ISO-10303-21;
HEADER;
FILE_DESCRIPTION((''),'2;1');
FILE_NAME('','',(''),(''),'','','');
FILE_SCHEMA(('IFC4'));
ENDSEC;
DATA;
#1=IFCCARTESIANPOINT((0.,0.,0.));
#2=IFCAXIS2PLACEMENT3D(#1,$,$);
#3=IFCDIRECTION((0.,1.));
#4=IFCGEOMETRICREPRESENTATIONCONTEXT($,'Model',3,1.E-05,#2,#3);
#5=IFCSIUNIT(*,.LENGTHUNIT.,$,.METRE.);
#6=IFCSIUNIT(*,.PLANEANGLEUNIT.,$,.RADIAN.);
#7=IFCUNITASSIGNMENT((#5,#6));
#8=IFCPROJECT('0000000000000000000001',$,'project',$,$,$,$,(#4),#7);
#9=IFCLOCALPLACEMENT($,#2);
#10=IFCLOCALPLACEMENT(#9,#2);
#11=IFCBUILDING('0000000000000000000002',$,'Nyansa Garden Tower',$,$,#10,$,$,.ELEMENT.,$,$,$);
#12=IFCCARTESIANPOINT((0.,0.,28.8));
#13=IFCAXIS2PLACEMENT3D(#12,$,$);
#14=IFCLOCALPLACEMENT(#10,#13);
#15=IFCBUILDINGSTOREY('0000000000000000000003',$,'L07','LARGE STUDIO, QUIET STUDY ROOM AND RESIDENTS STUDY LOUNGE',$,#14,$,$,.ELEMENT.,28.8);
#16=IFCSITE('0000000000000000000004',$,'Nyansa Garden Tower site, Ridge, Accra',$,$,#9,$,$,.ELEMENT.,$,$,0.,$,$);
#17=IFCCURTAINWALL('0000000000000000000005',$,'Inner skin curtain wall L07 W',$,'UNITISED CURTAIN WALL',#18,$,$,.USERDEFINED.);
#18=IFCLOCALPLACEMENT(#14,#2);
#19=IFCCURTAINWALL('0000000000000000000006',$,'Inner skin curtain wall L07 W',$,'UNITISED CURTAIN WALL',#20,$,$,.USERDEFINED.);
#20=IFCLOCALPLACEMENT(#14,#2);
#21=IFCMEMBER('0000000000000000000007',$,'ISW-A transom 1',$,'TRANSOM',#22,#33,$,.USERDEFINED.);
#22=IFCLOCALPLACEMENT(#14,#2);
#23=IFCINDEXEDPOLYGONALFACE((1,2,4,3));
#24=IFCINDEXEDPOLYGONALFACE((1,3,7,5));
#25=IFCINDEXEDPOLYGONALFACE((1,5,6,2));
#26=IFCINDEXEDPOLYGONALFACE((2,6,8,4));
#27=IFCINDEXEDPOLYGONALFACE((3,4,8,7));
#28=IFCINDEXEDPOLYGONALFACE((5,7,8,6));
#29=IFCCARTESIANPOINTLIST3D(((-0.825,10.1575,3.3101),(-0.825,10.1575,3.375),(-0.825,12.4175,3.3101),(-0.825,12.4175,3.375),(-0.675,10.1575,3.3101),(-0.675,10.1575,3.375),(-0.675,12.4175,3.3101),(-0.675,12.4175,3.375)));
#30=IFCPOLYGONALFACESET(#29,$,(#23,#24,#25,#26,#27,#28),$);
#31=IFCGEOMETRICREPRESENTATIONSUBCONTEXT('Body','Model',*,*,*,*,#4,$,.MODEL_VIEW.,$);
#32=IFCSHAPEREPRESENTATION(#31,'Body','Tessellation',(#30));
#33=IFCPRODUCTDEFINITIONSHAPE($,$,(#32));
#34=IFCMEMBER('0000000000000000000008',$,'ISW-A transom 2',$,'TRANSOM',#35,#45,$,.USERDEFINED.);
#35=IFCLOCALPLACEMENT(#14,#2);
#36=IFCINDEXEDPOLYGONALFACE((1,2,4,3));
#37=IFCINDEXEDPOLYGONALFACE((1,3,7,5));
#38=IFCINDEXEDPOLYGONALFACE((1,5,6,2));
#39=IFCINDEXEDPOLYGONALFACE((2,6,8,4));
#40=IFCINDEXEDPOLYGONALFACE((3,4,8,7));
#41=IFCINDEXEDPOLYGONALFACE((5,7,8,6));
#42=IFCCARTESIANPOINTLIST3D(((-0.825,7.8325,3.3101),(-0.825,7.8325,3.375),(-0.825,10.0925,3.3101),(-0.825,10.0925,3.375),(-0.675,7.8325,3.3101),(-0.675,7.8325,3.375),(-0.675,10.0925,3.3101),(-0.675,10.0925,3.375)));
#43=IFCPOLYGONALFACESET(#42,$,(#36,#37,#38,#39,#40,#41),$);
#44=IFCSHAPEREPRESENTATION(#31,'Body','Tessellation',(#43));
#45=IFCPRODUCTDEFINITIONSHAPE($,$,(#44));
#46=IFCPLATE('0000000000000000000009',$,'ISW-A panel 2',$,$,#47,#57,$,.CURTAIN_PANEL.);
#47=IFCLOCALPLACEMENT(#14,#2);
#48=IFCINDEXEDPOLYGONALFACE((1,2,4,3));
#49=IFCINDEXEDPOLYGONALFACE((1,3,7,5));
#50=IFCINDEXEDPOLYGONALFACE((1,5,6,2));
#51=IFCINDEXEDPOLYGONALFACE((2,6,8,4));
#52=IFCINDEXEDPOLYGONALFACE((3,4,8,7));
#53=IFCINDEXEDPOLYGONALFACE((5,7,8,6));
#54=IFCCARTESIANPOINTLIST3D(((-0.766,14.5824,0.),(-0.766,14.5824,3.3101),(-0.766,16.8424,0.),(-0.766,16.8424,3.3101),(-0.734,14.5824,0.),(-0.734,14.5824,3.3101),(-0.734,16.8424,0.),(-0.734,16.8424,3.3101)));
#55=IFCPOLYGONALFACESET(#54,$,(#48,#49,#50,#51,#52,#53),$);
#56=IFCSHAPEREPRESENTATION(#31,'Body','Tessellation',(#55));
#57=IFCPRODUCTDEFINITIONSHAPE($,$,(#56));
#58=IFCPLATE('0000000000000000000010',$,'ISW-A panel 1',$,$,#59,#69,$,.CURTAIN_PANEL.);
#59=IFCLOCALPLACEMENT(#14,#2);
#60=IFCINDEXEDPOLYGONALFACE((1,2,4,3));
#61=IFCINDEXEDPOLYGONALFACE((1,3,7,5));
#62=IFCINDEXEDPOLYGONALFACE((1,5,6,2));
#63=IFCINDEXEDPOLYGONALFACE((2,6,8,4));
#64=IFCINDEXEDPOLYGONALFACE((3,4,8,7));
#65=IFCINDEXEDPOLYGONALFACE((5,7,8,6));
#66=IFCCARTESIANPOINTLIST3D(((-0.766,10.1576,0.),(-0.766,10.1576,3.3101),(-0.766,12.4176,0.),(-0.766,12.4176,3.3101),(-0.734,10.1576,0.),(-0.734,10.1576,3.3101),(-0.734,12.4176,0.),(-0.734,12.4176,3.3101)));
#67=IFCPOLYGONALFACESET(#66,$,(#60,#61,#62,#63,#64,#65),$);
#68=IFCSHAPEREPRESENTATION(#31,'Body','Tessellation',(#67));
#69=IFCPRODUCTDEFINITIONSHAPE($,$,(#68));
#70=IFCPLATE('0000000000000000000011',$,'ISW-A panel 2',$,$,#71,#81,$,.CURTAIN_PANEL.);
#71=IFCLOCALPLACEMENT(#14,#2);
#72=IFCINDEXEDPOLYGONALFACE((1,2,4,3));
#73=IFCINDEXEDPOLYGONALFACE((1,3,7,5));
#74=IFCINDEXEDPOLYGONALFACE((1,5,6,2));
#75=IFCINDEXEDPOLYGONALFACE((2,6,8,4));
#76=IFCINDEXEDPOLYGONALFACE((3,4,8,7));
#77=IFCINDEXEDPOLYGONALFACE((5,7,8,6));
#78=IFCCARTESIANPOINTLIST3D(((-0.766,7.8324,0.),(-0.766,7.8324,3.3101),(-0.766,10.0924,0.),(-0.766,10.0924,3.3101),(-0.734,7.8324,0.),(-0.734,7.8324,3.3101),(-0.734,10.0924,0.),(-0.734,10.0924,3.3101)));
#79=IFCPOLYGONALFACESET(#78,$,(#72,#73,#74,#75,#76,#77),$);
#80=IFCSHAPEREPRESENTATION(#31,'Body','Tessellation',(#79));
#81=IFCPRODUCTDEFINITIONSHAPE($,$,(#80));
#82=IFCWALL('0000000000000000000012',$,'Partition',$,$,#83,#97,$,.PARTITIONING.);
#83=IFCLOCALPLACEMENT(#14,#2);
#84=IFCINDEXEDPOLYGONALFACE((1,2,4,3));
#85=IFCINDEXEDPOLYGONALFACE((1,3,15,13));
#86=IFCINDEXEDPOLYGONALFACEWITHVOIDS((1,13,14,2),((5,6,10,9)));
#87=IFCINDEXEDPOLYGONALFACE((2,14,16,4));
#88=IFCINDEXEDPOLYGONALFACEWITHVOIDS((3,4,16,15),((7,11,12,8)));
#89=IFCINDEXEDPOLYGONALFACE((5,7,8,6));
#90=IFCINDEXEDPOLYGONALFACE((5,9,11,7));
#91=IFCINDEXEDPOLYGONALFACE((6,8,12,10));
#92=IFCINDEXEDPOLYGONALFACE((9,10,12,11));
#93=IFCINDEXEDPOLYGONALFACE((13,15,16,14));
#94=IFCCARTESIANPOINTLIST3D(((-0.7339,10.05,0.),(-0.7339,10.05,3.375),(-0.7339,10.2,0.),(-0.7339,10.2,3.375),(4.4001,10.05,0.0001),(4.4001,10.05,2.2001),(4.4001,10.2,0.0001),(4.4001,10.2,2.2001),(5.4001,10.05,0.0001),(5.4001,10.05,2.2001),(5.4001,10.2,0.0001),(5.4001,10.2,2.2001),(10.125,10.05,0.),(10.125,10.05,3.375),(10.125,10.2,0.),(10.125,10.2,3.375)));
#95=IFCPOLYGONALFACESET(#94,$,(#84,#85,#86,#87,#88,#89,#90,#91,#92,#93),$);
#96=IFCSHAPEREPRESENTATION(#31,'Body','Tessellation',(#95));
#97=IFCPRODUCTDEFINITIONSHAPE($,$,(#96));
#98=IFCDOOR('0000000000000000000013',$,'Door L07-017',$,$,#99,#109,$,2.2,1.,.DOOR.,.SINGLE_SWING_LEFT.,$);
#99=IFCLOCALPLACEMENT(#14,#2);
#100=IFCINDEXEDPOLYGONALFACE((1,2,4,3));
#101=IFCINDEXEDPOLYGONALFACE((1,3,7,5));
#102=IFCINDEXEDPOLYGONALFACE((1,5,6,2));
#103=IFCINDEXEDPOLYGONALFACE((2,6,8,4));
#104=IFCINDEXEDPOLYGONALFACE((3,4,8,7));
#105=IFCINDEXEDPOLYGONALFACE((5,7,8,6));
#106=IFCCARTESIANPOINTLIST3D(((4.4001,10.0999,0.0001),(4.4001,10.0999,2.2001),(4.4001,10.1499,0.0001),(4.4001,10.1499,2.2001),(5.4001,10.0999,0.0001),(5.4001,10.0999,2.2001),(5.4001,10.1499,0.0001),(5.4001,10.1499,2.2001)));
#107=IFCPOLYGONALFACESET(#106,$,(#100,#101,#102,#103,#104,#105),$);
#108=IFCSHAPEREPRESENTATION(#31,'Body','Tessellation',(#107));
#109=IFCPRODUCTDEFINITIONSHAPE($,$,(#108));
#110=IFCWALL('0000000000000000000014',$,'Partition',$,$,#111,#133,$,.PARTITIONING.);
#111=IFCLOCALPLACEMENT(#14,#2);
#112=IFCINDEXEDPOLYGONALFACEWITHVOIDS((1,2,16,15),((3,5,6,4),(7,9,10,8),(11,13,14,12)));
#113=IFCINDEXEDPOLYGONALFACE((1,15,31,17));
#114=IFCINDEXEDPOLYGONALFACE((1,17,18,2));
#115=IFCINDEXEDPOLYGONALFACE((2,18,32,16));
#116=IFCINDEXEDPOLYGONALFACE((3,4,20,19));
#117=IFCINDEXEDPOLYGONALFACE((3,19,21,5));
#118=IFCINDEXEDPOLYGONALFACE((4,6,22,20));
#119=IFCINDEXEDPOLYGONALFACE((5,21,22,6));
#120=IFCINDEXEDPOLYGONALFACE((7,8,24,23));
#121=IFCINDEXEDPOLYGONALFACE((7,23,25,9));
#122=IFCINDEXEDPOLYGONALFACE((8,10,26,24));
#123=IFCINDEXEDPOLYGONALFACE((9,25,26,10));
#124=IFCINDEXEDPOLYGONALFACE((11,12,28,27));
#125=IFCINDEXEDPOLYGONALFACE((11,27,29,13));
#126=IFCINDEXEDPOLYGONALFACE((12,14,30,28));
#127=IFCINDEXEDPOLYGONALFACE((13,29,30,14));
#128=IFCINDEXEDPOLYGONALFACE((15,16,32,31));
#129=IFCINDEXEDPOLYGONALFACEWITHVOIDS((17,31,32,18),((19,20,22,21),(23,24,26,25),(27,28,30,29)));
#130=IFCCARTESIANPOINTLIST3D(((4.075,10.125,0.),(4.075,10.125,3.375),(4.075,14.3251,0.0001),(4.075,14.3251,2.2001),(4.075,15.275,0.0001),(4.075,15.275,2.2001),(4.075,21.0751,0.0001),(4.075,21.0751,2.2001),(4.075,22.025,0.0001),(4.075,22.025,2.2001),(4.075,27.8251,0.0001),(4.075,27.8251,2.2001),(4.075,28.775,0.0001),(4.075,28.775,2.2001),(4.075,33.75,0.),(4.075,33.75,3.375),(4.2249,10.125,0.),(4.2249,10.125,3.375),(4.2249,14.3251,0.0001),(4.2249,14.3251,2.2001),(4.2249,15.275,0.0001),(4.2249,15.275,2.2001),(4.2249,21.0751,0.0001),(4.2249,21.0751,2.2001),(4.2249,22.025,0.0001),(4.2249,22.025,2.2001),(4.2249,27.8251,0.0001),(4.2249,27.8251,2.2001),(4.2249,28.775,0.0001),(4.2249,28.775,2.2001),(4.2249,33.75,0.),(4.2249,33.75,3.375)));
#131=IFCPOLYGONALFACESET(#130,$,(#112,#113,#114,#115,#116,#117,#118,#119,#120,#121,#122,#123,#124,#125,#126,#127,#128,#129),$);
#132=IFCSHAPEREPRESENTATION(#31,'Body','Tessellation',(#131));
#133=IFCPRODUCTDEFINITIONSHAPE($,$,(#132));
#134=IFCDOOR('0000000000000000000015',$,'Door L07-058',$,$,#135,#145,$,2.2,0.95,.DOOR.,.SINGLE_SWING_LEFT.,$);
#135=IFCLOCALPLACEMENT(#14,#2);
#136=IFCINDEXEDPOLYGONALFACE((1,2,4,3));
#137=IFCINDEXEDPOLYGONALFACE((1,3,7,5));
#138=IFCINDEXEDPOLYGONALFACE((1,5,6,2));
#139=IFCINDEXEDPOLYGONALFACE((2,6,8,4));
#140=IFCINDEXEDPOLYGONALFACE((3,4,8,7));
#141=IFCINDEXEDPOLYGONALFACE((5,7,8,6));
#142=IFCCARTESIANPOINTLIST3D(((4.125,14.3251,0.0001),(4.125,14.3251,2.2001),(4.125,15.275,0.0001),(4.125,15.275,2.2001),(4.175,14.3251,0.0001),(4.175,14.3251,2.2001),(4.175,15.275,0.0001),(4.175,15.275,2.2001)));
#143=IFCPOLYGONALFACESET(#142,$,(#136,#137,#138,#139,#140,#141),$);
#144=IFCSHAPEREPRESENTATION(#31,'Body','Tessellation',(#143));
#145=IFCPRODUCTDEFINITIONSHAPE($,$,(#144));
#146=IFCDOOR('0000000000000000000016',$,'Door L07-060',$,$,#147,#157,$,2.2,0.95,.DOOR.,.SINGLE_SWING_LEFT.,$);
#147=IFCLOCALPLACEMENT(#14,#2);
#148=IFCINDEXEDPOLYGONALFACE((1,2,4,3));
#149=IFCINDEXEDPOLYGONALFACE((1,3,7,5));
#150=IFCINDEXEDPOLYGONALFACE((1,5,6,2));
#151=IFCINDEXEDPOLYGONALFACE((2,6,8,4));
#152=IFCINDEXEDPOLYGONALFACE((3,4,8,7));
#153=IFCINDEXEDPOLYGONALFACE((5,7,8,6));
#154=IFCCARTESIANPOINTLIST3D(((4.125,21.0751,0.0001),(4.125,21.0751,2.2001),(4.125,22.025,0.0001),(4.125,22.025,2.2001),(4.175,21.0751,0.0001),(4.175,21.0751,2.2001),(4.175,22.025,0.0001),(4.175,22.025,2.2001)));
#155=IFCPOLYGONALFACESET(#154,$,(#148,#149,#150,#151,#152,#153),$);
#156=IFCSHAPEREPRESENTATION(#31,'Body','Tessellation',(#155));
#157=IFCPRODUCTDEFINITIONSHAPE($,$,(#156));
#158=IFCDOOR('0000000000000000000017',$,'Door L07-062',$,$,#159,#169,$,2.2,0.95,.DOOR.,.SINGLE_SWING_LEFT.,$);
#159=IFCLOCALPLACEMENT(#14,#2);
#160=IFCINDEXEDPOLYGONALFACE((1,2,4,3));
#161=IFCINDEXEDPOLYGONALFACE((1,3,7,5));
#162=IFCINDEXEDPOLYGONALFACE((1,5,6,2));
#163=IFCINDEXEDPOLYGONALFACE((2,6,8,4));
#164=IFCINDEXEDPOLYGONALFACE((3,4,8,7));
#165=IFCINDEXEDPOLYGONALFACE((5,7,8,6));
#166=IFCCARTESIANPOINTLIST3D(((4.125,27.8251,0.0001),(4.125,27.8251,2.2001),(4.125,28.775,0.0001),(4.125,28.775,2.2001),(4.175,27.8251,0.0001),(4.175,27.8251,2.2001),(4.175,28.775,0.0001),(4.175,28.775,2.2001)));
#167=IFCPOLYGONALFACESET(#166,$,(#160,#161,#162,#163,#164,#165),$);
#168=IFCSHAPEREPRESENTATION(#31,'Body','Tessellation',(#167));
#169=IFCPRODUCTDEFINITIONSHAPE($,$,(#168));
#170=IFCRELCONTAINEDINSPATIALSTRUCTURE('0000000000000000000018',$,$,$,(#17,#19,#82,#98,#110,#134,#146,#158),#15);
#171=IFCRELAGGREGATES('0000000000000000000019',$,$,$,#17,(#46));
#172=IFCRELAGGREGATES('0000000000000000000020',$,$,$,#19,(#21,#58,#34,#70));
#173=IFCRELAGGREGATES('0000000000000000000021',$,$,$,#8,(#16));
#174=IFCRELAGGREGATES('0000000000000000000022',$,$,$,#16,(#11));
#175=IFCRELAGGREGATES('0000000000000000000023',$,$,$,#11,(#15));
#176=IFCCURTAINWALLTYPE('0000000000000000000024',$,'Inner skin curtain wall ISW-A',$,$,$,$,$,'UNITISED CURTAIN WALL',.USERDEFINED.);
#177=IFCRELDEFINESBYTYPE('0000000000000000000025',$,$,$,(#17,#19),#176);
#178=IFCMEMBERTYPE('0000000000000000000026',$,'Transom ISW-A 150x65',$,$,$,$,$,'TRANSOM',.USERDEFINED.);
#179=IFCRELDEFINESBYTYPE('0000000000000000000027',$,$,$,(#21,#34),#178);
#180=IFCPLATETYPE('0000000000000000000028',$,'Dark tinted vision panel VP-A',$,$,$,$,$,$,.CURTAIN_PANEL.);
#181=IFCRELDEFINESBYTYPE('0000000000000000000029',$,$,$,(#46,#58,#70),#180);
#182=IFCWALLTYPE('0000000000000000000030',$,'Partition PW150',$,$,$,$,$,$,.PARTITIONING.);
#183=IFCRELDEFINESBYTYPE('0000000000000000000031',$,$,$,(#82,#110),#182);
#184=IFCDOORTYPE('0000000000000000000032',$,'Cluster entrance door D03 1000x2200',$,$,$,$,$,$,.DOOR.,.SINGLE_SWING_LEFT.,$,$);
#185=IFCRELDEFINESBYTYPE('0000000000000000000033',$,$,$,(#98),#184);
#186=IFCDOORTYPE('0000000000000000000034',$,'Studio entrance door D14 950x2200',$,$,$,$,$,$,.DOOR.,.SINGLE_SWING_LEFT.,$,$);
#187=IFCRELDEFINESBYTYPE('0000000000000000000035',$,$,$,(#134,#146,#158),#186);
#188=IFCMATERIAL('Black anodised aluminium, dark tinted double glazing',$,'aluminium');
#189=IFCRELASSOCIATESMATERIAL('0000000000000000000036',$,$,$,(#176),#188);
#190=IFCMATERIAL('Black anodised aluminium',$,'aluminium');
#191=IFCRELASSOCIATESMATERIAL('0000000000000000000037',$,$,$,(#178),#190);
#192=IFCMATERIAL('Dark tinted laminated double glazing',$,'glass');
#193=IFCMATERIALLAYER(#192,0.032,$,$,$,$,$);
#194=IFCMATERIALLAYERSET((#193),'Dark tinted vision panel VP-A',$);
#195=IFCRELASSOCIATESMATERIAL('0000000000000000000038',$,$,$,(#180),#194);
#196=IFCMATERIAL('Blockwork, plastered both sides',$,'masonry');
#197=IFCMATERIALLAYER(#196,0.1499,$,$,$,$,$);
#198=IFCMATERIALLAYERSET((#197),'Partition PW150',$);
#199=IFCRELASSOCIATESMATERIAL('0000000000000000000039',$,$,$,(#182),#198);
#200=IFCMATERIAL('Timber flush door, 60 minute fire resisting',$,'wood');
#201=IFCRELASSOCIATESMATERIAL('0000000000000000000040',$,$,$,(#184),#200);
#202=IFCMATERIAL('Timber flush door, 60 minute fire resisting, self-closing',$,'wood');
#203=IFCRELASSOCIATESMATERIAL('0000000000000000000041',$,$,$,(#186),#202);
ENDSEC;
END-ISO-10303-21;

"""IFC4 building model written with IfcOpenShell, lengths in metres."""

from ifc_helpers import new_model, si_unit, direction, frame, frame_2d, origin, origin_2d, place, context, subcontext, project, spatial, rectangle, extrude, material, layer, layer_set, material_profile, profile_set, type_object, element, fill, aggregate, save


model = new_model("IFC4")

# Units and contexts
model_context = context("Model", 3, precision=1e-05, world=origin(), true_north=direction((0.0, 1.0)))
body_context = subcontext(model_context, "Body", "Model", "MODEL_VIEW")
ifc_project = project(units=[si_unit("LENGTHUNIT", "METRE"), si_unit("PLANEANGLEUNIT", "RADIAN")], contexts=[model_context])

# Site, building, storey
site_placement = place(None, origin())
site = spatial("IfcSite", under=ifc_project, at=site_placement, Name="Nyansa Garden Tower site, Ridge, Accra", CompositionType="ELEMENT", RefElevation=0.0)
building_placement = place(site_placement, origin())
building = spatial("IfcBuilding", under=site, at=building_placement, Name="Nyansa Garden Tower", CompositionType="ELEMENT")
storey_placement = place(building_placement, frame((0.0, 0.0, 28.8)))
storey = spatial("IfcBuildingStorey", under=building, at=storey_placement, Name="L07", Description="LARGE STUDIO, QUIET STUDY ROOM AND RESIDENTS STUDY LOUNGE", CompositionType="ELEMENT", Elevation=28.8)

# Curtain wall
ifc_material_1 = material(Name="Black anodised aluminium, dark tinted double glazing", Category="aluminium")
curtain_wall_type = type_object("IfcCurtainWallType", Name="Inner skin curtain wall ISW-A", ElementType="UNITISED CURTAIN WALL", PredefinedType="USERDEFINED", material=ifc_material_1)
curtain_wall_1_placement = place(storey_placement, origin())
curtain_wall_1 = element("IfcCurtainWall", 1, at=curtain_wall_1_placement, inside=storey, type_object=curtain_wall_type, Name="Inner skin curtain wall L07 W", ObjectType="UNITISED CURTAIN WALL", PredefinedType="USERDEFINED")

# Curtain wall
curtain_wall_2_placement = place(storey_placement, origin())
curtain_wall_2 = element("IfcCurtainWall", 2, at=curtain_wall_2_placement, inside=storey, type_object=curtain_wall_type, Name="Inner skin curtain wall L07 W", ObjectType="UNITISED CURTAIN WALL", PredefinedType="USERDEFINED")

# Members
ifc_material_2 = material(Name="Black anodised aluminium", Category="aluminium")
ifc_material_profile_1 = material_profile(ifc_material_2, rectangle(XDim=0.1499, YDim=0.0649, at=origin_2d()), Name="Transom 150x65")
ifc_profile_set_1 = profile_set([ifc_material_profile_1], Name="Black anodised aluminium")
member_type_1 = type_object("IfcMemberType", Name="Transom ISW-A 150x65", ElementType="TRANSOM", PredefinedType="USERDEFINED", material=ifc_profile_set_1)
member_1_placement = place(storey_placement, frame((-0.75, 12.4175, 3.3425), z_axis=(0.0, -1.0, 0.0), x_axis=(1.0, 0.0, 0.0)))
member_1 = element("IfcMember", 3, at=member_1_placement, type_object=member_type_1, Name="ISW-A transom 1", ObjectType="TRANSOM", PredefinedType="USERDEFINED", context=body_context, shape_type="SweptSolid", body=[
    extrude(rectangle(XDim=0.1499, YDim=0.0649, at=origin_2d()), origin(), (0.0, 0.0, 1.0), 2.26),
])
member_2_placement = place(storey_placement, frame((-0.75, 10.0925, 3.3425), z_axis=(0.0, -1.0, 0.0), x_axis=(1.0, 0.0, 0.0)))
member_2 = element("IfcMember", 4, at=member_2_placement, type_object=member_type_1, Name="ISW-A transom 2", ObjectType="TRANSOM", PredefinedType="USERDEFINED", context=body_context, shape_type="SweptSolid", body=[
    extrude(rectangle(XDim=0.1499, YDim=0.0649, at=origin_2d()), origin(), (0.0, 0.0, 1.0), 2.26),
])

# Plates
ifc_material_3 = material(Name="Dark tinted laminated double glazing", Category="glass")
ifc_layer_1 = layer(ifc_material_3, 0.032)
ifc_layer_set_1 = layer_set([ifc_layer_1], Name="Dark tinted vision panel VP-A")
plate_type = type_object("IfcPlateType", Name="Dark tinted vision panel VP-A", PredefinedType="CURTAIN_PANEL", material=ifc_layer_set_1)
plate_1_placement = place(storey_placement, frame((-0.75, 15.7124, 0.0), z_axis=(0.0, 0.0, 1.0), x_axis=(0.0, -1.0, 0.0)))
plate_1 = element("IfcPlate", 5, at=plate_1_placement, type_object=plate_type, Name="ISW-A panel 2", PredefinedType="CURTAIN_PANEL", context=body_context, shape_type="SweptSolid", body=[
    extrude(rectangle(XDim=2.26, YDim=0.032, at=origin_2d()), origin(), (0.0, 0.0, 1.0), 3.3101),
])
aggregate(curtain_wall_1, [plate_1])
plate_2_placement = place(storey_placement, frame((-0.75, 11.2876, 0.0), z_axis=(0.0, 0.0, 1.0), x_axis=(0.0, -1.0, 0.0)))
plate_2 = element("IfcPlate", 6, at=plate_2_placement, type_object=plate_type, Name="ISW-A panel 1", PredefinedType="CURTAIN_PANEL", context=body_context, shape_type="SweptSolid", body=[
    extrude(rectangle(XDim=2.26, YDim=0.032, at=origin_2d()), origin(), (0.0, 0.0, 1.0), 3.3101),
])
plate_3_placement = place(storey_placement, frame((-0.75, 8.9624, 0.0), z_axis=(0.0, 0.0, 1.0), x_axis=(0.0, -1.0, 0.0)))
plate_3 = element("IfcPlate", 7, at=plate_3_placement, type_object=plate_type, Name="ISW-A panel 2", PredefinedType="CURTAIN_PANEL", context=body_context, shape_type="SweptSolid", body=[
    extrude(rectangle(XDim=2.26, YDim=0.032, at=origin_2d()), origin(), (0.0, 0.0, 1.0), 3.3101),
])
aggregate(curtain_wall_2, [member_1, plate_2, member_2, plate_3])

# Wall, opening, door
ifc_material_4 = material(Name="Blockwork, plastered both sides", Category="masonry")
ifc_layer_2 = layer(ifc_material_4, 0.1499)
ifc_layer_set_2 = layer_set([ifc_layer_2], Name="Partition PW150")
wall_type_1 = type_object("IfcWallType", Name="Partition PW150", PredefinedType="PARTITIONING", material=ifc_layer_set_2)
wall_1_placement = place(storey_placement, frame((-0.7339, 10.125, 0.0), z_axis=(0.0, 0.0, 1.0), x_axis=(1.0, 0.0, 0.0)))
wall_1 = element("IfcWall", 8, at=wall_1_placement, inside=storey, type_object=wall_type_1, Name="Partition", PredefinedType="PARTITIONING", context=body_context, shape_type="SweptSolid", body=[
    extrude(rectangle(XDim=10.8589, YDim=0.1499, at=frame_2d((5.4294, 0.0))), origin(), (0.0, 0.0, 1.0), 3.375),
])
opening_1_placement = place(wall_1_placement, frame((5.134, 0.0, 0.0)))
opening_1 = element("IfcOpeningElement", 9, at=opening_1_placement, cuts=wall_1, PredefinedType="OPENING", context=body_context, shape_type="SweptSolid", body=[
    extrude(rectangle(XDim=1.0, YDim=2.2, at=frame_2d((0.5, 1.1001))), frame((0.0, 0.085, 0.0), z_axis=(0.0, -1.0, 0.0), x_axis=(1.0, 0.0, 0.0)), (0.0, 0.0, 1.0), 0.1699),
])
ifc_material_5 = material(Name="Timber flush door, 60 minute fire resisting", Category="wood")
door_type_1 = type_object("IfcDoorType", Name="Cluster entrance door D03 1000x2200", OperationType="SINGLE_SWING_LEFT", PredefinedType="DOOR", material=ifc_material_5)
door_1_placement = place(opening_1_placement, origin())
door_1 = element("IfcDoor", 10, at=door_1_placement, inside=storey, type_object=door_type_1, Name="Door L07-017", OperationType="SINGLE_SWING_LEFT", OverallHeight=2.2, OverallWidth=1.0, PredefinedType="DOOR", context=body_context, shape_type="SweptSolid", body=[
    extrude(rectangle(XDim=1.0, YDim=2.2, at=frame_2d((0.5, 1.1001))), frame((0.0, 0.0249, 0.0), z_axis=(0.0, -1.0, 0.0), x_axis=(1.0, 0.0, 0.0)), (0.0, 0.0, 1.0), 0.05),
])
fill(opening_1, door_1)

# Wall, openings, doors
wall_2_placement = place(storey_placement, frame((4.1499, 10.125, 0.0), z_axis=(0.0, 0.0, 1.0), x_axis=(0.0, 1.0, 0.0)))
wall_2 = element("IfcWall", 11, at=wall_2_placement, inside=storey, type_object=wall_type_1, Name="Partition", PredefinedType="PARTITIONING", context=body_context, shape_type="SweptSolid", body=[
    extrude(rectangle(XDim=23.625, YDim=0.1499, at=frame_2d((11.8125, 0.0))), origin(), (0.0, 0.0, 1.0), 3.375),
])
opening_2_placement = place(wall_2_placement, frame((4.2, 0.0, 0.0)))
opening_2 = element("IfcOpeningElement", 12, at=opening_2_placement, cuts=wall_2, PredefinedType="OPENING", context=body_context, shape_type="SweptSolid", body=[
    extrude(rectangle(XDim=0.95, YDim=2.2, at=frame_2d((0.4751, 1.1001))), frame((0.0, 0.085, 0.0), z_axis=(0.0, -1.0, 0.0), x_axis=(1.0, 0.0, 0.0)), (0.0, 0.0, 1.0), 0.1699),
])
opening_3_placement = place(wall_2_placement, frame((10.95, 0.0, 0.0)))
opening_3 = element("IfcOpeningElement", 13, at=opening_3_placement, cuts=wall_2, PredefinedType="OPENING", context=body_context, shape_type="SweptSolid", body=[
    extrude(rectangle(XDim=0.95, YDim=2.2, at=frame_2d((0.4751, 1.1001))), frame((0.0, 0.085, 0.0), z_axis=(0.0, -1.0, 0.0), x_axis=(1.0, 0.0, 0.0)), (0.0, 0.0, 1.0), 0.1699),
])
opening_4_placement = place(wall_2_placement, frame((17.7, 0.0, 0.0)))
opening_4 = element("IfcOpeningElement", 14, at=opening_4_placement, cuts=wall_2, PredefinedType="OPENING", context=body_context, shape_type="SweptSolid", body=[
    extrude(rectangle(XDim=0.95, YDim=2.2, at=frame_2d((0.4751, 1.1001))), frame((0.0, 0.085, 0.0), z_axis=(0.0, -1.0, 0.0), x_axis=(1.0, 0.0, 0.0)), (0.0, 0.0, 1.0), 0.1699),
])
ifc_material_6 = material(Name="Timber flush door, 60 minute fire resisting, self-closing", Category="wood")
door_type_2 = type_object("IfcDoorType", Name="Studio entrance door D14 950x2200", OperationType="SINGLE_SWING_LEFT", PredefinedType="DOOR", material=ifc_material_6)
door_2_placement = place(opening_2_placement, origin())
door_2 = element("IfcDoor", 15, at=door_2_placement, inside=storey, type_object=door_type_2, Name="Door L07-058", OperationType="SINGLE_SWING_LEFT", OverallHeight=2.2, OverallWidth=0.95, PredefinedType="DOOR", context=body_context, shape_type="SweptSolid", body=[
    extrude(rectangle(XDim=0.95, YDim=2.2, at=frame_2d((0.4751, 1.1001))), frame((0.0, 0.0249, 0.0), z_axis=(0.0, -1.0, 0.0), x_axis=(1.0, 0.0, 0.0)), (0.0, 0.0, 1.0), 0.05),
])
fill(opening_2, door_2)
door_3_placement = place(opening_3_placement, origin())
door_3 = element("IfcDoor", 16, at=door_3_placement, inside=storey, type_object=door_type_2, Name="Door L07-060", OperationType="SINGLE_SWING_LEFT", OverallHeight=2.2, OverallWidth=0.95, PredefinedType="DOOR", context=body_context, shape_type="SweptSolid", body=[
    extrude(rectangle(XDim=0.95, YDim=2.2, at=frame_2d((0.4751, 1.1001))), frame((0.0, 0.0249, 0.0), z_axis=(0.0, -1.0, 0.0), x_axis=(1.0, 0.0, 0.0)), (0.0, 0.0, 1.0), 0.05),
])
fill(opening_3, door_3)
door_4_placement = place(opening_4_placement, origin())
door_4 = element("IfcDoor", 17, at=door_4_placement, inside=storey, type_object=door_type_2, Name="Door L07-062", OperationType="SINGLE_SWING_LEFT", OverallHeight=2.2, OverallWidth=0.95, PredefinedType="DOOR", context=body_context, shape_type="SweptSolid", body=[
    extrude(rectangle(XDim=0.95, YDim=2.2, at=frame_2d((0.4751, 1.1001))), frame((0.0, 0.0249, 0.0), z_axis=(0.0, -1.0, 0.0), x_axis=(1.0, 0.0, 0.0)), (0.0, 0.0, 1.0), 0.05),
])
fill(opening_4, door_4)

save(model, "model.ifc")
